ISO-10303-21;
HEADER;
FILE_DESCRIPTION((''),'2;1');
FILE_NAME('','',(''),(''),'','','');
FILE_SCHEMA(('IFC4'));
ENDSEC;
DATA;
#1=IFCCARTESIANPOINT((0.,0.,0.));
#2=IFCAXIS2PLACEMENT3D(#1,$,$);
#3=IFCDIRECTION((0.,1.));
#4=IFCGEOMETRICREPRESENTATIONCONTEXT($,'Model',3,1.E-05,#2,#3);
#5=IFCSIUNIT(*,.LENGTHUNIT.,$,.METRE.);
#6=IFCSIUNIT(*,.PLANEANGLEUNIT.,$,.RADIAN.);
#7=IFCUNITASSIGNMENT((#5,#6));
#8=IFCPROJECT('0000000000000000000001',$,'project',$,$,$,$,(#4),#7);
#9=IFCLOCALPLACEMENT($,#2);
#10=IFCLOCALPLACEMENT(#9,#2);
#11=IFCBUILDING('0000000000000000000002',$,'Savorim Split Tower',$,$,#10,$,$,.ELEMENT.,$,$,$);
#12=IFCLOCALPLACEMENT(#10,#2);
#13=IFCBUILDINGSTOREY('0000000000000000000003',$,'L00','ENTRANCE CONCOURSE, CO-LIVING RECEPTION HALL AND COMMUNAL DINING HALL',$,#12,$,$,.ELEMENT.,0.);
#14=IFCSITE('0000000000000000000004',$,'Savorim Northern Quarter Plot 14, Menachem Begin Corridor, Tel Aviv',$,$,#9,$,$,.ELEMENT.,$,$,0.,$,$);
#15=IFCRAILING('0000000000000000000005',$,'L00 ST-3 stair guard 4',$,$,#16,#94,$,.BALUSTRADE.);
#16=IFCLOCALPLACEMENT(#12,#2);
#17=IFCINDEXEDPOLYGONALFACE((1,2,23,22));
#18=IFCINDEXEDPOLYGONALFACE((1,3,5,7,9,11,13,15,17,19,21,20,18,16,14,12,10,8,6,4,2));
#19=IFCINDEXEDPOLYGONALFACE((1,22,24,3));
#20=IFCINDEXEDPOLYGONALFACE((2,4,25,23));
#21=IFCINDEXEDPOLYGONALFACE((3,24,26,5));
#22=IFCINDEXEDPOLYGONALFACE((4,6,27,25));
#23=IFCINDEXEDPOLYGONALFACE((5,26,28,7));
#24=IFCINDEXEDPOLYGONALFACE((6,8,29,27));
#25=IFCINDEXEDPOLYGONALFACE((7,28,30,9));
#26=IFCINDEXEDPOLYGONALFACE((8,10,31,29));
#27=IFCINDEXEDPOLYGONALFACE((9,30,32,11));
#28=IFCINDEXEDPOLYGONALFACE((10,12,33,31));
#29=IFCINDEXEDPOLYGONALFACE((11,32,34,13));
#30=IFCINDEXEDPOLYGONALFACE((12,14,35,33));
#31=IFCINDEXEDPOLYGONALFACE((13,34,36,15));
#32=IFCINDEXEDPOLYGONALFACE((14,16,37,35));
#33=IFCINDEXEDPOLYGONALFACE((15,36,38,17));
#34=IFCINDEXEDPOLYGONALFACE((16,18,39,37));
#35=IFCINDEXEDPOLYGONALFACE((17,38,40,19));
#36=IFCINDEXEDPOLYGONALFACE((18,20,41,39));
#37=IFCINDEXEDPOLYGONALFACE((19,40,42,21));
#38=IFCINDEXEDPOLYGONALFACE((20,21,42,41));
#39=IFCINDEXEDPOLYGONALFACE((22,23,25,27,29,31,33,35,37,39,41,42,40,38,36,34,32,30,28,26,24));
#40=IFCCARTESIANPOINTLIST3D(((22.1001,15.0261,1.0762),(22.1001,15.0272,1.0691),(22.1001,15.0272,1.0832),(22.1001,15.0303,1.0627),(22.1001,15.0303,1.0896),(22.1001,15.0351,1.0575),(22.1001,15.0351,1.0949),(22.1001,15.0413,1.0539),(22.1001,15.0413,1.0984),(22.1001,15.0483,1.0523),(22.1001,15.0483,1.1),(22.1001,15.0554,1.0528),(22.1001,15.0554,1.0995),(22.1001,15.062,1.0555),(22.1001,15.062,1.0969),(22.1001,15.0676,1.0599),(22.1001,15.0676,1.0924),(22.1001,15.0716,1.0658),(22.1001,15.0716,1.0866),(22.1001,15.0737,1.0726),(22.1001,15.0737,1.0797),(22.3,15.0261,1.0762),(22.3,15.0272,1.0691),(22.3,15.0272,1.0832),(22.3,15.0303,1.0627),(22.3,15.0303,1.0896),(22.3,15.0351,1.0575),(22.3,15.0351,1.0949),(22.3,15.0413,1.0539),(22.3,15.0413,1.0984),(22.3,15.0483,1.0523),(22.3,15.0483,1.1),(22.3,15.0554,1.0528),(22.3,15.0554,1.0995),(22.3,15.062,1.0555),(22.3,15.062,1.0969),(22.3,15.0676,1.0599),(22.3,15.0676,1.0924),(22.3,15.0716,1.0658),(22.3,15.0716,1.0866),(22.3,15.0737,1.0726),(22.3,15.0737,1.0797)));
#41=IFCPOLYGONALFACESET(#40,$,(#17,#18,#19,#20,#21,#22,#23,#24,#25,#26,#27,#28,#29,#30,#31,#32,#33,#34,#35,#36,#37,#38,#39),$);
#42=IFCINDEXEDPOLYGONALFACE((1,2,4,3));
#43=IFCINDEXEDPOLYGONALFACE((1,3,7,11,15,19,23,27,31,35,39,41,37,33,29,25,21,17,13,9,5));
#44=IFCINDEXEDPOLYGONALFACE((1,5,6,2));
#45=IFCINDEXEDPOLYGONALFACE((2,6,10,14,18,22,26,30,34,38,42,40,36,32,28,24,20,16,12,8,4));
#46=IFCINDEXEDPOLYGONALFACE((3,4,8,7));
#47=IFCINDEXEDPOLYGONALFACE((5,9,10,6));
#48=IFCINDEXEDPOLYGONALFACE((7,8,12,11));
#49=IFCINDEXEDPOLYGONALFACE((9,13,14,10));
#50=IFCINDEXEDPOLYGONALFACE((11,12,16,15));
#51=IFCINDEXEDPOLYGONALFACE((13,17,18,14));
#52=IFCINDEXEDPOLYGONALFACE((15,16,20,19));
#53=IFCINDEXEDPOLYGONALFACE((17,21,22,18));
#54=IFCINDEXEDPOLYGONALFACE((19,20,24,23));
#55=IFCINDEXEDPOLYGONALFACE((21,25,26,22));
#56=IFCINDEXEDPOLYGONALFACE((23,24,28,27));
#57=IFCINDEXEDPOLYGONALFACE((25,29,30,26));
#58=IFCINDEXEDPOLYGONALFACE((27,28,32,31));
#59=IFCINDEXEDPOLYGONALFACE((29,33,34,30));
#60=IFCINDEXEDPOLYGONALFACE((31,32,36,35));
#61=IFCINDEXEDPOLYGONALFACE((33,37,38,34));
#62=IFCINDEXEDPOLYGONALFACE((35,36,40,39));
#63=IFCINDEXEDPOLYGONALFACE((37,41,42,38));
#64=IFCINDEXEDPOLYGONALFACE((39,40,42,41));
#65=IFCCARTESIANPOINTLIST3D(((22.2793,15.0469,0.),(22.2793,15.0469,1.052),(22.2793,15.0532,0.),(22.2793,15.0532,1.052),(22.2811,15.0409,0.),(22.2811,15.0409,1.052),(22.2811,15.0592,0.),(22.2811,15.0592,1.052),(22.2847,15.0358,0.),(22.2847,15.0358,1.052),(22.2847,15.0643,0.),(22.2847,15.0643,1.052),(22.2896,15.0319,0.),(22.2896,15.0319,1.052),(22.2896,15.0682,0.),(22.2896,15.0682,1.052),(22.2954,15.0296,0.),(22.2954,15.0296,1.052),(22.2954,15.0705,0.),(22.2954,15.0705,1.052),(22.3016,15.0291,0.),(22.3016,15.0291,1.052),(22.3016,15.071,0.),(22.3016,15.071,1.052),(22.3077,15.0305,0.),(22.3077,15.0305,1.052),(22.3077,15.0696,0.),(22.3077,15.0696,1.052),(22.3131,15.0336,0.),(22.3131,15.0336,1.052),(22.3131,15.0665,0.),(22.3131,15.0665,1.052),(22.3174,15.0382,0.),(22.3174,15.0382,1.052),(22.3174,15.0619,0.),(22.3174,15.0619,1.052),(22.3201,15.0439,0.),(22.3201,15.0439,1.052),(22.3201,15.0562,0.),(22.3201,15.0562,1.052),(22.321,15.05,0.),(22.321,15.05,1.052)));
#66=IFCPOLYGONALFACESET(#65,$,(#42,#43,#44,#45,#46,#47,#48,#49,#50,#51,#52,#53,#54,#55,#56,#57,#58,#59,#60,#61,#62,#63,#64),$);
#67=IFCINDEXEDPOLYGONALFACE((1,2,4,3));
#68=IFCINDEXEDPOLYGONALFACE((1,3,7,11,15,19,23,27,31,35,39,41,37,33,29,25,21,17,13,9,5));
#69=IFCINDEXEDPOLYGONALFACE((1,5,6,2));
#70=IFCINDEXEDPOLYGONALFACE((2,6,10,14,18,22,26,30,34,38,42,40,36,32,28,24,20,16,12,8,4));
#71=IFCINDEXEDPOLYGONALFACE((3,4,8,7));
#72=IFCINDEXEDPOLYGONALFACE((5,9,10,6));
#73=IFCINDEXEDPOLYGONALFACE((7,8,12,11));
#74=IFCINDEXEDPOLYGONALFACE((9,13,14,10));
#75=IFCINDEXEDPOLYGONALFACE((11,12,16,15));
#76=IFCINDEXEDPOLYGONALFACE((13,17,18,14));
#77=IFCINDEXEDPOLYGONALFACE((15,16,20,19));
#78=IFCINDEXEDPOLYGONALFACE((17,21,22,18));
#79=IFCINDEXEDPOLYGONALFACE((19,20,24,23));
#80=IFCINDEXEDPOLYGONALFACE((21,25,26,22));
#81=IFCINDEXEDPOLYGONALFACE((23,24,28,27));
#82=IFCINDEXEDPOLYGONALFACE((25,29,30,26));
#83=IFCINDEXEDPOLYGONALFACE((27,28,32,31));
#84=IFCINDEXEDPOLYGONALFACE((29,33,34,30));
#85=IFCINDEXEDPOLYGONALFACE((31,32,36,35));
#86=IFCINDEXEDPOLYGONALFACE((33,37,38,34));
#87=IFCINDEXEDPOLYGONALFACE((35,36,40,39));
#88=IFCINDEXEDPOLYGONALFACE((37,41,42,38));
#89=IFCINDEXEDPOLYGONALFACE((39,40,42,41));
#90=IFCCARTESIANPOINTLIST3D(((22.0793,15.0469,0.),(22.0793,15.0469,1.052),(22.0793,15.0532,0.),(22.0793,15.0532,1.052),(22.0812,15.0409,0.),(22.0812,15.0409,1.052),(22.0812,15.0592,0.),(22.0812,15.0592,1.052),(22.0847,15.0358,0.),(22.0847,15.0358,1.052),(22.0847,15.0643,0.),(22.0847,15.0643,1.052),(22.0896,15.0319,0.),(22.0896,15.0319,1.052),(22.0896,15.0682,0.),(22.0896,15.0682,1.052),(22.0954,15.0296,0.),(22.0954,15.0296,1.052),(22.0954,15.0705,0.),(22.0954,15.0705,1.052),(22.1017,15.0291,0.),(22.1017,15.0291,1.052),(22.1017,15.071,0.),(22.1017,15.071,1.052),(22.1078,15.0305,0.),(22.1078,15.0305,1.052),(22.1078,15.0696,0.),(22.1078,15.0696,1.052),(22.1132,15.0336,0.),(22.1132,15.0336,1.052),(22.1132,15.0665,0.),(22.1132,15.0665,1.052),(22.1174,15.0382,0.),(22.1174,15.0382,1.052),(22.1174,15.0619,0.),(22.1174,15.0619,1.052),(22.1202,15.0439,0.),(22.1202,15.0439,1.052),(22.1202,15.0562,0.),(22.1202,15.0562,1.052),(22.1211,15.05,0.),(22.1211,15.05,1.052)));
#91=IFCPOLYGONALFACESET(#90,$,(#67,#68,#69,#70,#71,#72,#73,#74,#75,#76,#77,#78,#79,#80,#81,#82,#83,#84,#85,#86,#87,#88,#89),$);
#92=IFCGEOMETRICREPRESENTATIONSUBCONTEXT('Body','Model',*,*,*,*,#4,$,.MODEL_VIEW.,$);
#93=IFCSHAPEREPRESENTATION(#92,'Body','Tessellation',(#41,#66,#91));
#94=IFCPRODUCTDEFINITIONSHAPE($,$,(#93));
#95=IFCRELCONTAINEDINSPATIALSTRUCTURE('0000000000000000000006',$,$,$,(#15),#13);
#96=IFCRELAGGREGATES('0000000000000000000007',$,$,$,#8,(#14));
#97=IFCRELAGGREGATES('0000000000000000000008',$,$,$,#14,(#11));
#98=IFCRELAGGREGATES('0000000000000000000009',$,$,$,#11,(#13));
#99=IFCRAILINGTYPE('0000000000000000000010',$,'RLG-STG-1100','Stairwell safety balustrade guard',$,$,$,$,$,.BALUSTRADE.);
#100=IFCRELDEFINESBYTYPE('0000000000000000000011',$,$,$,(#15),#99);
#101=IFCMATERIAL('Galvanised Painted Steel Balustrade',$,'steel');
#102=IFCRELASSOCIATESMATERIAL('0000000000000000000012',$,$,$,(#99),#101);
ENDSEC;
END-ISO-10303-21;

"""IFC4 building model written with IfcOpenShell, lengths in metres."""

from ifc_helpers import new_model, si_unit, direction, frame, origin, origin_2d, place, context, subcontext, project, spatial, circle, extrude, material, type_object, element, save


model = new_model("IFC4")

# Units and contexts
model_context = context("Model", 3, precision=1e-05, world=origin(), true_north=direction((0.0, 1.0)))
body_context = subcontext(model_context, "Body", "Model", "MODEL_VIEW")
ifc_project = project(units=[si_unit("LENGTHUNIT", "METRE"), si_unit("PLANEANGLEUNIT", "RADIAN")], contexts=[model_context])

# Site, building, storey
site_placement = place(None, origin())
site = spatial("IfcSite", under=ifc_project, at=site_placement, Name="Savorim Northern Quarter Plot 14, Menachem Begin Corridor, Tel Aviv", CompositionType="ELEMENT", RefElevation=0.0)
building_placement = place(site_placement, origin())
building = spatial("IfcBuilding", under=site, at=building_placement, Name="Savorim Split Tower", CompositionType="ELEMENT")
storey_placement = place(building_placement, origin())
storey = spatial("IfcBuildingStorey", under=building, at=storey_placement, Name="L00", Description="ENTRANCE CONCOURSE, CO-LIVING RECEPTION HALL AND COMMUNAL DINING HALL", CompositionType="ELEMENT", Elevation=0.0)

# Railing
ifc_material_1 = material(Name="Galvanised Painted Steel Balustrade", Category="steel")
railing_type_1 = type_object("IfcRailingType", Name="RLG-STG-1100", Description="Stairwell safety balustrade guard", PredefinedType="BALUSTRADE", material=ifc_material_1)
railing_1_placement = place(storey_placement, frame((22.3, 15.05, 0.0)))
element("IfcRailing", 1, at=railing_1_placement, inside=storey, type_object=railing_type_1, Name="L00 ST-3 stair guard 4", PredefinedType="BALUSTRADE", context=body_context, shape_type="SweptSolid", body=[
    extrude(circle(Radius=0.0239, at=origin_2d()), frame((0.0, 0.0, 1.0762), z_axis=(-1.0, 0.0, 0.0), x_axis=(0.0, -1.0, 0.0)), (0.0, 0.0, 1.0), 0.2),
    extrude(circle(Radius=0.021, at=origin_2d()), origin(), (0.0, 0.0, 1.0), 1.052),
    extrude(circle(Radius=0.021, at=origin_2d()), frame((-0.2, 0.0, 0.0)), (0.0, 0.0, 1.0), 1.052),
])

save(model, "model.ifc")
